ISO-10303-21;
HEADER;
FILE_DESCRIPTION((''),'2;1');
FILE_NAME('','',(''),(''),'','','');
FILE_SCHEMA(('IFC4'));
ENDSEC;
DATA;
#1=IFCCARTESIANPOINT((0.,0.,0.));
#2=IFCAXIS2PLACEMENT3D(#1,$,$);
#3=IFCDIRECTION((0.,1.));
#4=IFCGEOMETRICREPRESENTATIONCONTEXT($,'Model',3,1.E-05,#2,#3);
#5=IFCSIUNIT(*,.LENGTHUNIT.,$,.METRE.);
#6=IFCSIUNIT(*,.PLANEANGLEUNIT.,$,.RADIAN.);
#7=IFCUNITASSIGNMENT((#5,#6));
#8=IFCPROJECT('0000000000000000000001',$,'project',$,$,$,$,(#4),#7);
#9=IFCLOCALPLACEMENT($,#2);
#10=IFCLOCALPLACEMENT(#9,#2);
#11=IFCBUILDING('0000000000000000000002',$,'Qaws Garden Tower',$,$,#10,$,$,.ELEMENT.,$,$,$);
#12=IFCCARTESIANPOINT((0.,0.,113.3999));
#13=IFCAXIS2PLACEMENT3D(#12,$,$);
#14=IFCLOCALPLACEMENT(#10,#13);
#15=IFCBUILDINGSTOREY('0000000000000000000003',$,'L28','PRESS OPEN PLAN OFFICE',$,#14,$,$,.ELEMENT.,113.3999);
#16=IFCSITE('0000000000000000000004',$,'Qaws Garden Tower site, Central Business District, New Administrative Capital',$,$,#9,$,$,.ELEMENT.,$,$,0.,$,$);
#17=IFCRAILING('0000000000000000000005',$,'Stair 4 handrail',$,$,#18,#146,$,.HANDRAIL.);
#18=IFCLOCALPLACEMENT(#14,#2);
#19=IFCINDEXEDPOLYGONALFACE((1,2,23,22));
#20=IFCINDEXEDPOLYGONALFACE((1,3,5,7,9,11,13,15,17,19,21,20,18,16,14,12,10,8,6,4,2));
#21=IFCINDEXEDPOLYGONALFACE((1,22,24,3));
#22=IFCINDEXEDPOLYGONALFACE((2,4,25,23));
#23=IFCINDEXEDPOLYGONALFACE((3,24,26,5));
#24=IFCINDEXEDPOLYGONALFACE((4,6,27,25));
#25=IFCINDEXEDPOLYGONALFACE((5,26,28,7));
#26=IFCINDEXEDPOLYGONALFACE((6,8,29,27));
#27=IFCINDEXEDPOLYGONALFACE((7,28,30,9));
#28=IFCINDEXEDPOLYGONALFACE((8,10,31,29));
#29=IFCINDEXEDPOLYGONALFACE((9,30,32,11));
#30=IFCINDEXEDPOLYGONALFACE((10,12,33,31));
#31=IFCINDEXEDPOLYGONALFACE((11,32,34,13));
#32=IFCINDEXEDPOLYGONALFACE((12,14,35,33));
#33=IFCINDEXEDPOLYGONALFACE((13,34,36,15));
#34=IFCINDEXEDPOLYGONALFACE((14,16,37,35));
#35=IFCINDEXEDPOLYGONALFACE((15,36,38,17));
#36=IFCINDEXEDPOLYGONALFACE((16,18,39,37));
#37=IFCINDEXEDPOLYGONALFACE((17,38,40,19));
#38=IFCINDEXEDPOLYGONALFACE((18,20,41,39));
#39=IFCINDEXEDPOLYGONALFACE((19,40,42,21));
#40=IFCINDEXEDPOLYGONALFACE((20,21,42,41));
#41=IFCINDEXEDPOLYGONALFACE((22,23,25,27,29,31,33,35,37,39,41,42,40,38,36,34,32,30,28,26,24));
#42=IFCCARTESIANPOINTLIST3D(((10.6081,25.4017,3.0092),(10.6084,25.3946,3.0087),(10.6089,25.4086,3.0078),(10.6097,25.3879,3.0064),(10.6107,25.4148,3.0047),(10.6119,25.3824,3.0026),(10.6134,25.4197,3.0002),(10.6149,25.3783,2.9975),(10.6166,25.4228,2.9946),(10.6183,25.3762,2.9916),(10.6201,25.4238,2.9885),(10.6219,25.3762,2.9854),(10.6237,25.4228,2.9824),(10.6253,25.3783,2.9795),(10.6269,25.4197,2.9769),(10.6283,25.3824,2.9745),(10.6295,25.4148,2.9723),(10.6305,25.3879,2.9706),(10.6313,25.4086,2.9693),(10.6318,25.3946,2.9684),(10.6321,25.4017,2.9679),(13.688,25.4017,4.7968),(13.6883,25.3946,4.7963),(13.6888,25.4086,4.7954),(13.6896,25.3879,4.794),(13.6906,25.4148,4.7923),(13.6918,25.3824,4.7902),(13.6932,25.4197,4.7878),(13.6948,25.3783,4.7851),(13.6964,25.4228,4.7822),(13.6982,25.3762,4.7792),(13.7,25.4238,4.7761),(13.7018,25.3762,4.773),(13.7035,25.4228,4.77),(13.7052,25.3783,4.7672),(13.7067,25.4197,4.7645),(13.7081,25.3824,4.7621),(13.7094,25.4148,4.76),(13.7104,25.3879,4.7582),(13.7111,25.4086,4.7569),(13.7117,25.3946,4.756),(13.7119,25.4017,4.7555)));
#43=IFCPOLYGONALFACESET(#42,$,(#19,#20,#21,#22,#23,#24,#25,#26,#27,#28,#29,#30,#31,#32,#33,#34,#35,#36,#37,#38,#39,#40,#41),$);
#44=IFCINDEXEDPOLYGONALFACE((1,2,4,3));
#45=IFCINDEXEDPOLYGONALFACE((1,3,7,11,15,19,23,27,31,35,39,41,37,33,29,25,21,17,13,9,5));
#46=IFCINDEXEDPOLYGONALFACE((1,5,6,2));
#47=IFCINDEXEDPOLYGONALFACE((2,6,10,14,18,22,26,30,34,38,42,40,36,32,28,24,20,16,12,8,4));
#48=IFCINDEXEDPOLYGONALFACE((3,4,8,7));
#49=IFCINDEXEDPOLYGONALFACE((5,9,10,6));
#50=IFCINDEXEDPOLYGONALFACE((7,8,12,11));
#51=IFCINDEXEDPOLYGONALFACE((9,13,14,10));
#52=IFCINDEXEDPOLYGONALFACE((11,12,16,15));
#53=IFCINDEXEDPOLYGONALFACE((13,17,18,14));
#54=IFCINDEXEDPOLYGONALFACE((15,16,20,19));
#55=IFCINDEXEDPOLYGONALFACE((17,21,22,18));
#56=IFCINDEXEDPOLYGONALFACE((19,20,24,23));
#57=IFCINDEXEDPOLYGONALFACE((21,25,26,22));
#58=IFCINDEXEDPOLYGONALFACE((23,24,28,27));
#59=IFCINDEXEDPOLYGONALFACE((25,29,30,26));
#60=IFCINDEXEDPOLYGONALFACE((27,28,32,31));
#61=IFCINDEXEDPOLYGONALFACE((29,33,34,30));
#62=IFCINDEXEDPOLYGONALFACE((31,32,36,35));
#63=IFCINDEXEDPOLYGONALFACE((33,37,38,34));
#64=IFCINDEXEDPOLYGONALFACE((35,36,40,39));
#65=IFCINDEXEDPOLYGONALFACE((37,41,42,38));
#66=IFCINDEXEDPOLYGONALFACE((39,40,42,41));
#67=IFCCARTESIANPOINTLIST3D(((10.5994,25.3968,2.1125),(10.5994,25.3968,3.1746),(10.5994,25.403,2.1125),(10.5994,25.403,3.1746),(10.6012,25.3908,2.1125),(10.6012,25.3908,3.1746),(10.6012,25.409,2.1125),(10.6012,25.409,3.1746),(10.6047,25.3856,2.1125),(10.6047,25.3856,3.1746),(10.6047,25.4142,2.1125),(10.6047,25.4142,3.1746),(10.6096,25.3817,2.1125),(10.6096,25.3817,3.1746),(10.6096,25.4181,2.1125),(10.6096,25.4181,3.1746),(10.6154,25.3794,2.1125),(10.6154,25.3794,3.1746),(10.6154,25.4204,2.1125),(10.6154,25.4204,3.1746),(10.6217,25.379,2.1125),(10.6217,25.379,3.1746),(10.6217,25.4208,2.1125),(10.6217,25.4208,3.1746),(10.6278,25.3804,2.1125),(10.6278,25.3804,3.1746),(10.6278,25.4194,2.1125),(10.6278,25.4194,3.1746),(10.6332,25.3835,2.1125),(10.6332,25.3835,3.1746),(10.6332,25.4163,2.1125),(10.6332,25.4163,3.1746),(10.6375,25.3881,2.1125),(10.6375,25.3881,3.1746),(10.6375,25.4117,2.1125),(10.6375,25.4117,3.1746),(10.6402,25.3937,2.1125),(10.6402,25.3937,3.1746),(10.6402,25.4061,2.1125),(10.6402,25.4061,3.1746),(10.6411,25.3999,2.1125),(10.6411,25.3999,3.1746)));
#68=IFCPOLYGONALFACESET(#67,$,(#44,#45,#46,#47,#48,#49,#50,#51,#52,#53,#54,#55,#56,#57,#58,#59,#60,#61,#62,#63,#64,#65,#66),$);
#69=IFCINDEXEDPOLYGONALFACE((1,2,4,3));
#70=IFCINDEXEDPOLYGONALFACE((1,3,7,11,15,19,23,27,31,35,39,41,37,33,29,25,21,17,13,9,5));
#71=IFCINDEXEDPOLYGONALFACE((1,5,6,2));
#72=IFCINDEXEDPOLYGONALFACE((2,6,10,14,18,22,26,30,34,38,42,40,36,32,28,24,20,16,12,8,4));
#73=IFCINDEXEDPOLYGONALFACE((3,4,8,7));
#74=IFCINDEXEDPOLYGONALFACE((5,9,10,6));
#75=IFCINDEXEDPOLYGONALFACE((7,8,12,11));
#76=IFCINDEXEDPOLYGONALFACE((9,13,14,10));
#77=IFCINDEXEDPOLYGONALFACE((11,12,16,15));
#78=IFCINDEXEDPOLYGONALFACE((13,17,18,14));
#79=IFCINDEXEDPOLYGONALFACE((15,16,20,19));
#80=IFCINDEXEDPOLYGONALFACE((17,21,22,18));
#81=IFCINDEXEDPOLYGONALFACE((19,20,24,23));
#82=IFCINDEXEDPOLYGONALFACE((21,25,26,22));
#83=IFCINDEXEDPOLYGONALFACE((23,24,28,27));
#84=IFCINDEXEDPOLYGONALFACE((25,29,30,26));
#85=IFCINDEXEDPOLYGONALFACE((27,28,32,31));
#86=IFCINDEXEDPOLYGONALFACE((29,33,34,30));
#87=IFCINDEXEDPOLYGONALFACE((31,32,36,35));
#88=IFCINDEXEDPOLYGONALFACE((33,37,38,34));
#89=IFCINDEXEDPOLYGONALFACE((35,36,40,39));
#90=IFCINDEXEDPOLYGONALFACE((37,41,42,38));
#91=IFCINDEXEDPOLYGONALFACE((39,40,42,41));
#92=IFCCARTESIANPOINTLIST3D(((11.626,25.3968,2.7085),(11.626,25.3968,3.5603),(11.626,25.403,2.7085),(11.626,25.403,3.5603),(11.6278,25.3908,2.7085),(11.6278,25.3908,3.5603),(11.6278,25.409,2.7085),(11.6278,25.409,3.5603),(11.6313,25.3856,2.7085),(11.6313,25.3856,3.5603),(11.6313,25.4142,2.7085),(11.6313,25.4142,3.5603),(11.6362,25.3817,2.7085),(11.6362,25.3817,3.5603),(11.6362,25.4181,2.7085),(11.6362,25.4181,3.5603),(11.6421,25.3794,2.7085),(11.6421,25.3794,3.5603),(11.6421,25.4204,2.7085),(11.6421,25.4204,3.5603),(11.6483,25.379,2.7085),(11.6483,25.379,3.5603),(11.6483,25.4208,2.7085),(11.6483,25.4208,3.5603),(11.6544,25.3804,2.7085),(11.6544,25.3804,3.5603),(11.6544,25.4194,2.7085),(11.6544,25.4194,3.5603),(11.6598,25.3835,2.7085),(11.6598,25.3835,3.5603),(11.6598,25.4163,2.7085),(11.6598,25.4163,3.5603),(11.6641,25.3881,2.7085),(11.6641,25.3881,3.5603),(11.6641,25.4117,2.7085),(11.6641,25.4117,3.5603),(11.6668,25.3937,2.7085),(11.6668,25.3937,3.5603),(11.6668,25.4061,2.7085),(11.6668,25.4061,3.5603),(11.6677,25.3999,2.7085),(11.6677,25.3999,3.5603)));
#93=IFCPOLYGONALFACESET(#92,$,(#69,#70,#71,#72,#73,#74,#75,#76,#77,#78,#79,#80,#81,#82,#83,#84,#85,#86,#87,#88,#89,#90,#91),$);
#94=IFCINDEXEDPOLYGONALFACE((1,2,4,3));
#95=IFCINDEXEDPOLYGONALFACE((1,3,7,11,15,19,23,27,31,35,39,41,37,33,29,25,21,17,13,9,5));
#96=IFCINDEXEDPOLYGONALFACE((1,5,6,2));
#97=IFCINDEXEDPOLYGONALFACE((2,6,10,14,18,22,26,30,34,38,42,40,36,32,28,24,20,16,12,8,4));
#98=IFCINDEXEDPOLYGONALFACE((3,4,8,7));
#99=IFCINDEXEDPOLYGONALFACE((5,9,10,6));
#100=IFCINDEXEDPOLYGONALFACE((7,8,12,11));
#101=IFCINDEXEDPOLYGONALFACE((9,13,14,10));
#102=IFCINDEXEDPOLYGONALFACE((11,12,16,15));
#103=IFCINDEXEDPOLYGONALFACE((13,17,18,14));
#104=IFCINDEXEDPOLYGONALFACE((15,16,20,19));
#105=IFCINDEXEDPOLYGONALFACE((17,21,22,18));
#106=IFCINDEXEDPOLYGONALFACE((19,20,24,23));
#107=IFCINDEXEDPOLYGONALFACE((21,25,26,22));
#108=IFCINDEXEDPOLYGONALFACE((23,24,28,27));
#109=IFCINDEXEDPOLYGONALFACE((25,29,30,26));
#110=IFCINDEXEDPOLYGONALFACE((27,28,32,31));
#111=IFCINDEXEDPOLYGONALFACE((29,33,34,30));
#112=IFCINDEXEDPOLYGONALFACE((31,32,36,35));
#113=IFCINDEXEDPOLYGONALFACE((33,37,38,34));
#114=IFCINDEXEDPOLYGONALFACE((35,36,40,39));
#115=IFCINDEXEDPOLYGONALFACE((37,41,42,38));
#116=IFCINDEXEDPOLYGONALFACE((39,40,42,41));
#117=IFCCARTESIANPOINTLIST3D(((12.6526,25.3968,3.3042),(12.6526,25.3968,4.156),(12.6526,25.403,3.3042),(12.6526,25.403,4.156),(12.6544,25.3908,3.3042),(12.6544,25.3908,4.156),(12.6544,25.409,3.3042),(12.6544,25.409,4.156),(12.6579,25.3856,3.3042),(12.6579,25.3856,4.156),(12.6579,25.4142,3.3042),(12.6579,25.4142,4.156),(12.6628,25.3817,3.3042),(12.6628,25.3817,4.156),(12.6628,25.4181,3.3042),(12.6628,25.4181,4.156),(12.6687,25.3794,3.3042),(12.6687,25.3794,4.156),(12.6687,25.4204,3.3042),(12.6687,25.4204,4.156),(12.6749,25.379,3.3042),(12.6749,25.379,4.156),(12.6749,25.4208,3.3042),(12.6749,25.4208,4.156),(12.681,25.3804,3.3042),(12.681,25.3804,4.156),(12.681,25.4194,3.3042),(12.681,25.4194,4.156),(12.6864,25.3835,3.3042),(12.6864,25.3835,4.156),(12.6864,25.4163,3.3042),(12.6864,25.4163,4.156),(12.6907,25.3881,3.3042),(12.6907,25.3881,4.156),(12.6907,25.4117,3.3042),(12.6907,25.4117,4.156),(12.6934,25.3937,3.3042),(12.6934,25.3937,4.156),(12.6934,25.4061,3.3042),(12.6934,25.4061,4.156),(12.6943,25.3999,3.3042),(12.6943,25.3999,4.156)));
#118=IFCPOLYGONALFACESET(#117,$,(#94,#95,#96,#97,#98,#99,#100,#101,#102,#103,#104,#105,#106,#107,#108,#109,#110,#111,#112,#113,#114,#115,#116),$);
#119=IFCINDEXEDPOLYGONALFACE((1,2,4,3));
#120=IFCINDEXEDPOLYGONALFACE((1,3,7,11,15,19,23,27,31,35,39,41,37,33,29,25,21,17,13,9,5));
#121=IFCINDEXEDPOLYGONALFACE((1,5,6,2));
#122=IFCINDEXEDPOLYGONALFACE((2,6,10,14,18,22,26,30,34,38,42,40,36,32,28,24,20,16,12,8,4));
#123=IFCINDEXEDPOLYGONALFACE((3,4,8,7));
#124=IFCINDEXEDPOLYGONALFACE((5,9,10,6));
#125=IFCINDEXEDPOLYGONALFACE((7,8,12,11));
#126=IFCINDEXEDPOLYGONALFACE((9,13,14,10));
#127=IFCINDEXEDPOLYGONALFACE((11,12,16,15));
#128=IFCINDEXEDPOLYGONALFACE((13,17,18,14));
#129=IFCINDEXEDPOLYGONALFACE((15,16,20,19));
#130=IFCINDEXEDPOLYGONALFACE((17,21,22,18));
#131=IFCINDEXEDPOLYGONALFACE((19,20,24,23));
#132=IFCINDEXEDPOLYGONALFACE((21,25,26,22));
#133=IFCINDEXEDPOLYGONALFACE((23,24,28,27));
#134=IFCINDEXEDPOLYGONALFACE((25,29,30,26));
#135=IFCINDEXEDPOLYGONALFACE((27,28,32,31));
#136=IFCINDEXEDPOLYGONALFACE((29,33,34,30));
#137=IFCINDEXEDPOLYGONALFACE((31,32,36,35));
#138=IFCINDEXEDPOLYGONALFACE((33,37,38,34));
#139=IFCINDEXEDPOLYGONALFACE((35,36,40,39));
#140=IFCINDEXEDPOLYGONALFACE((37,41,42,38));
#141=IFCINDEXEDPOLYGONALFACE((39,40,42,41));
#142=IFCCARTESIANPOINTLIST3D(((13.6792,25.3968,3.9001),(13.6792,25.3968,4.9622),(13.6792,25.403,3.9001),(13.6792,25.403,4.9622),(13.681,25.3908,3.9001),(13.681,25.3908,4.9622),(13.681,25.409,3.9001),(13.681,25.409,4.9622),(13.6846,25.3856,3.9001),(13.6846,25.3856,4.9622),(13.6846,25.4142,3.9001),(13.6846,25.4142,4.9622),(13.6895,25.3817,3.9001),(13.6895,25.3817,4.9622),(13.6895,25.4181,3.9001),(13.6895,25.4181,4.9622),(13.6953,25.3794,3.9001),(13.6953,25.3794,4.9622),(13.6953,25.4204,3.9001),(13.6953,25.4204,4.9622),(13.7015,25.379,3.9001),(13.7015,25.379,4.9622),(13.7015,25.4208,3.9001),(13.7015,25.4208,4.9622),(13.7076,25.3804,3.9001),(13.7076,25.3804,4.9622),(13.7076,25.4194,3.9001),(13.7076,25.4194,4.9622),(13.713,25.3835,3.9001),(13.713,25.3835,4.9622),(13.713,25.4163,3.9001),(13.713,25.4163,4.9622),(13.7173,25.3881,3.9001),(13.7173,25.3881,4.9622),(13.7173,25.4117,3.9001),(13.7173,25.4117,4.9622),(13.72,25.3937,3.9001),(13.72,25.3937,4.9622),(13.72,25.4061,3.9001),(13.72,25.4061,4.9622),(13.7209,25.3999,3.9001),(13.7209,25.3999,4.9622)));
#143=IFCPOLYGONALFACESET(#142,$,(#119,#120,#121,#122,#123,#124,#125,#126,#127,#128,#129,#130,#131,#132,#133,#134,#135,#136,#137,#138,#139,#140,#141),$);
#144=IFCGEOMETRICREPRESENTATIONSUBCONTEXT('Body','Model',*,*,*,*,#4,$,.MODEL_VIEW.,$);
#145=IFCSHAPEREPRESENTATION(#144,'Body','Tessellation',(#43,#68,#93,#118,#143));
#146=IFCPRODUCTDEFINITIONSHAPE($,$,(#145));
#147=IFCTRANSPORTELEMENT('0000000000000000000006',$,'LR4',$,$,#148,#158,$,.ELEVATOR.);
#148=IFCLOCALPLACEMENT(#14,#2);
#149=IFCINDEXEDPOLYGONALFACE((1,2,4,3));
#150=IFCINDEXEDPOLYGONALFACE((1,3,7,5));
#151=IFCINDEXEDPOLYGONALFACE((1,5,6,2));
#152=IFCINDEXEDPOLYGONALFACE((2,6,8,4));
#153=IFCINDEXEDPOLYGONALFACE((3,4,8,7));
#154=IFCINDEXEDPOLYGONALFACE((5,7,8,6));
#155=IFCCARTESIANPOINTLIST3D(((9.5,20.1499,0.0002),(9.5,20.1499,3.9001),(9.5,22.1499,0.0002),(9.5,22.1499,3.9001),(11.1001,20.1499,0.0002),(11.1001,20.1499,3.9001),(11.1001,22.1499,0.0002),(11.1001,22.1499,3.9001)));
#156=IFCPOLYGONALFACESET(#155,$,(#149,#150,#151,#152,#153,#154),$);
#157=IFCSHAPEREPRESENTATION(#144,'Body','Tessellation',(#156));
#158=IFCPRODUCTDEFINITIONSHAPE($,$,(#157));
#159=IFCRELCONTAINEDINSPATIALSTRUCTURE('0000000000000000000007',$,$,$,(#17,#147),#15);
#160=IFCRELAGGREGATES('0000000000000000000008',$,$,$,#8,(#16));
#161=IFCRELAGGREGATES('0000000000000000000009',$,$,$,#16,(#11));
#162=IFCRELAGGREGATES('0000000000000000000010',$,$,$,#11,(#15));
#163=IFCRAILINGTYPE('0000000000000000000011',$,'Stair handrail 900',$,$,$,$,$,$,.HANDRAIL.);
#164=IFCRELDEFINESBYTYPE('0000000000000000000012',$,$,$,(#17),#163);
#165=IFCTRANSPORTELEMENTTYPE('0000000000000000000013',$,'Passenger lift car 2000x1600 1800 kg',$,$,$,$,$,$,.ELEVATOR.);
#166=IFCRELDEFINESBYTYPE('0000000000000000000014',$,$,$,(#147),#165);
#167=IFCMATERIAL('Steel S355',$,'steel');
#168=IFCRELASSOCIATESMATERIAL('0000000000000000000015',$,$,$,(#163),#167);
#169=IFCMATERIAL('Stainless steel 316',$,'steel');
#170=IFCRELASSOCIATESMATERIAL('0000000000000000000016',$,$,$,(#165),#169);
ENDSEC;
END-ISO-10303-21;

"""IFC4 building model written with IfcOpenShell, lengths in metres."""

from ifc_helpers import new_model, si_unit, direction, frame, origin, origin_2d, place, context, subcontext, project, spatial, rectangle, circle, extrude, material, type_object, element, save


model = new_model("IFC4")

# Units and contexts
model_context = context("Model", 3, precision=1e-05, world=origin(), true_north=direction((0.0, 1.0)))
body_context = subcontext(model_context, "Body", "Model", "MODEL_VIEW")
ifc_project = project(units=[si_unit("LENGTHUNIT", "METRE"), si_unit("PLANEANGLEUNIT", "RADIAN")], contexts=[model_context])

# Site, building, storey
site_placement = place(None, origin())
site = spatial("IfcSite", under=ifc_project, at=site_placement, Name="Qaws Garden Tower site, Central Business District, New Administrative Capital", CompositionType="ELEMENT", RefElevation=0.0)
building_placement = place(site_placement, origin())
building = spatial("IfcBuilding", under=site, at=building_placement, Name="Qaws Garden Tower", CompositionType="ELEMENT")
storey_placement = place(building_placement, frame((0.0, 0.0, 113.3999)))
storey = spatial("IfcBuildingStorey", under=building, at=storey_placement, Name="L28", Description="PRESS OPEN PLAN OFFICE", CompositionType="ELEMENT", Elevation=113.3999)

# Railing
ifc_material_1 = material(Name="Steel S355", Category="steel")
railing_type = type_object("IfcRailingType", Name="Stair handrail 900", PredefinedType="HANDRAIL", material=ifc_material_1)
railing_1_placement = place(storey_placement, frame((10.6201, 25.3999, 2.1125)))
element("IfcRailing", 1, at=railing_1_placement, inside=storey, type_object=railing_type, Name="Stair 4 handrail", PredefinedType="HANDRAIL", context=body_context, shape_type="SweptSolid", body=[
    extrude(circle(Radius=0.0239, at=origin_2d()), frame((0.0, 0.0, 0.876), z_axis=(0.864873, 0.0, 0.50199), x_axis=(0.0, 1.0, 0.0)), (0.0, 0.0, 1.0), 3.561),
    extrude(circle(Radius=0.021, at=origin_2d()), origin(), (0.0, 0.0, 1.0), 1.062),
    extrude(circle(Radius=0.021, at=origin_2d()), frame((1.0266, 0.0, 0.5959)), (0.0, 0.0, 1.0), 0.8518),
    extrude(circle(Radius=0.021, at=origin_2d()), frame((2.0532, 0.0, 1.1917)), (0.0, 0.0, 1.0), 0.8518),
    extrude(circle(Radius=0.021, at=origin_2d()), frame((3.0798, 0.0, 1.7876)), (0.0, 0.0, 1.0), 1.062),
])

# Transport element
ifc_material_2 = material(Name="Stainless steel 316", Category="steel")
transport_element_type = type_object("IfcTransportElementType", Name="Passenger lift car 2000x1600 1800 kg", PredefinedType="ELEVATOR", material=ifc_material_2)
transport_element_placement = place(storey_placement, frame((10.3, 21.1499, 0.0002), z_axis=(0.0, 0.0, 1.0), x_axis=(1.0, 0.0, 0.0)))
element("IfcTransportElement", 2, at=transport_element_placement, inside=storey, type_object=transport_element_type, Name="LR4", PredefinedType="ELEVATOR", context=body_context, shape_type="SweptSolid", body=[
    extrude(rectangle(XDim=1.6001, YDim=2.0, at=origin_2d()), origin(), (0.0, 0.0, 1.0), 3.8999),
])

save(model, "model.ifc")
